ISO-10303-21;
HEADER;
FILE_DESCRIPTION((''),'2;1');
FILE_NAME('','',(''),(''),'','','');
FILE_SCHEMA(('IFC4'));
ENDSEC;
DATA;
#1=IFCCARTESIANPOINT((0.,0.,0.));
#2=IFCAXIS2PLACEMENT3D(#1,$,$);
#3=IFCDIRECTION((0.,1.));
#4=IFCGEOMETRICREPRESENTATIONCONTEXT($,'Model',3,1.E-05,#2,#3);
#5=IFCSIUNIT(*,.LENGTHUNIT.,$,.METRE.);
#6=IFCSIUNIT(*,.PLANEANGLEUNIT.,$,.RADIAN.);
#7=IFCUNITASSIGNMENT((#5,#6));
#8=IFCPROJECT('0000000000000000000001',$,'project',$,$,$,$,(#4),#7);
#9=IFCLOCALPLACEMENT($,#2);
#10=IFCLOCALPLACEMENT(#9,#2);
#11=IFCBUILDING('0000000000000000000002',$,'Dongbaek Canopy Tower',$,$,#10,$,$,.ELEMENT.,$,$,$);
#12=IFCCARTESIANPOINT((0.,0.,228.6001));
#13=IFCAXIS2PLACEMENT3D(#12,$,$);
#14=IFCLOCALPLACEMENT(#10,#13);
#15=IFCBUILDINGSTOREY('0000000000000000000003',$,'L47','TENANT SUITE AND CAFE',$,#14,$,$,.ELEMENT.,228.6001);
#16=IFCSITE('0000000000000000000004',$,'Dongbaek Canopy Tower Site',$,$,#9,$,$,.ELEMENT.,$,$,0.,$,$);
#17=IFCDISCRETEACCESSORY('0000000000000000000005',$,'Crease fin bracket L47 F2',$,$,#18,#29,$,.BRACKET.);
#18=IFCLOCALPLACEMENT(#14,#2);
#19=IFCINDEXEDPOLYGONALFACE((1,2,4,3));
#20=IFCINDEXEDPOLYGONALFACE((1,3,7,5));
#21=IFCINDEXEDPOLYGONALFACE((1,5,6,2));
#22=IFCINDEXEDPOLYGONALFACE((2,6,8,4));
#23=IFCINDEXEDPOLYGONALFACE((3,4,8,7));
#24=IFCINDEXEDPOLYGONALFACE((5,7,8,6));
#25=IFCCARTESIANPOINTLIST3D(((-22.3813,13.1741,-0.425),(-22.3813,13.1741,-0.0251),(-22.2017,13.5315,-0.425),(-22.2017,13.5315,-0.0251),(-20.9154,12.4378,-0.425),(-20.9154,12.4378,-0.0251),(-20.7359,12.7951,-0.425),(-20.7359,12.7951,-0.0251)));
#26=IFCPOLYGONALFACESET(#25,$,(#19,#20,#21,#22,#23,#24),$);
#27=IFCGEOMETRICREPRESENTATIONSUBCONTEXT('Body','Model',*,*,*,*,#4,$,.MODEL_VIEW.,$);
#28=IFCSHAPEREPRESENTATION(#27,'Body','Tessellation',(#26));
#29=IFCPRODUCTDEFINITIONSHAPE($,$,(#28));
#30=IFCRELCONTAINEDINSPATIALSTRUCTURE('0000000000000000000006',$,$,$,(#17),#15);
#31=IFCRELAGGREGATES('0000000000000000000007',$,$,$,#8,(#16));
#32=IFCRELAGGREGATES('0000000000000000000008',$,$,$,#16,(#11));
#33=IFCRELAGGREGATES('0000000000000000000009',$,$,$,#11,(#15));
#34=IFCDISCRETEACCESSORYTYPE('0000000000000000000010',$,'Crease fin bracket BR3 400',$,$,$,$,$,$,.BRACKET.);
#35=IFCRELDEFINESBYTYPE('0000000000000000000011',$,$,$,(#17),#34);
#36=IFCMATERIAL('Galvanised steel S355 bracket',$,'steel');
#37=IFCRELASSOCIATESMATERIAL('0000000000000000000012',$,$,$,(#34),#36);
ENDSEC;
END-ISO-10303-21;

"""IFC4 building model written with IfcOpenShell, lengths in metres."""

from ifc_helpers import new_model, si_unit, direction, frame, origin, origin_2d, place, context, subcontext, project, spatial, rectangle, extrude, material, type_object, element, save


model = new_model("IFC4")

# Units and contexts
model_context = context("Model", 3, precision=1e-05, world=origin(), true_north=direction((0.0, 1.0)))
body_context = subcontext(model_context, "Body", "Model", "MODEL_VIEW")
ifc_project = project(units=[si_unit("LENGTHUNIT", "METRE"), si_unit("PLANEANGLEUNIT", "RADIAN")], contexts=[model_context])

# Site, building, storey
site_placement = place(None, origin())
site = spatial("IfcSite", under=ifc_project, at=site_placement, Name="Dongbaek Canopy Tower Site", CompositionType="ELEMENT", RefElevation=0.0)
building_placement = place(site_placement, origin())
building = spatial("IfcBuilding", under=site, at=building_placement, Name="Dongbaek Canopy Tower", CompositionType="ELEMENT")
storey_placement = place(building_placement, frame((0.0, 0.0, 228.6001)))
storey = spatial("IfcBuildingStorey", under=building, at=storey_placement, Name="L47", Description="TENANT SUITE AND CAFE", CompositionType="ELEMENT", Elevation=228.6001)

# Discrete accessory
ifc_material_1 = material(Name="Galvanised steel S355 bracket", Category="steel")
discrete_accessory_type = type_object("IfcDiscreteAccessoryType", Name="Crease fin bracket BR3 400", PredefinedType="BRACKET", material=ifc_material_1)
discrete_accessory_placement = place(storey_placement, frame((-21.5586, 12.9846, -0.425), z_axis=(0.0, 0.0, 1.0), x_axis=(-0.893578, 0.448909, 0.0)))
element("IfcDiscreteAccessory", 1, at=discrete_accessory_placement, inside=storey, type_object=discrete_accessory_type, Name="Crease fin bracket L47 F2", PredefinedType="BRACKET", context=body_context, shape_type="SweptSolid", body=[
    extrude(rectangle(XDim=1.6404, YDim=0.3999, at=origin_2d()), origin(), (0.0, 0.0, 1.0), 0.3999),
])

save(model, "model.ifc")
